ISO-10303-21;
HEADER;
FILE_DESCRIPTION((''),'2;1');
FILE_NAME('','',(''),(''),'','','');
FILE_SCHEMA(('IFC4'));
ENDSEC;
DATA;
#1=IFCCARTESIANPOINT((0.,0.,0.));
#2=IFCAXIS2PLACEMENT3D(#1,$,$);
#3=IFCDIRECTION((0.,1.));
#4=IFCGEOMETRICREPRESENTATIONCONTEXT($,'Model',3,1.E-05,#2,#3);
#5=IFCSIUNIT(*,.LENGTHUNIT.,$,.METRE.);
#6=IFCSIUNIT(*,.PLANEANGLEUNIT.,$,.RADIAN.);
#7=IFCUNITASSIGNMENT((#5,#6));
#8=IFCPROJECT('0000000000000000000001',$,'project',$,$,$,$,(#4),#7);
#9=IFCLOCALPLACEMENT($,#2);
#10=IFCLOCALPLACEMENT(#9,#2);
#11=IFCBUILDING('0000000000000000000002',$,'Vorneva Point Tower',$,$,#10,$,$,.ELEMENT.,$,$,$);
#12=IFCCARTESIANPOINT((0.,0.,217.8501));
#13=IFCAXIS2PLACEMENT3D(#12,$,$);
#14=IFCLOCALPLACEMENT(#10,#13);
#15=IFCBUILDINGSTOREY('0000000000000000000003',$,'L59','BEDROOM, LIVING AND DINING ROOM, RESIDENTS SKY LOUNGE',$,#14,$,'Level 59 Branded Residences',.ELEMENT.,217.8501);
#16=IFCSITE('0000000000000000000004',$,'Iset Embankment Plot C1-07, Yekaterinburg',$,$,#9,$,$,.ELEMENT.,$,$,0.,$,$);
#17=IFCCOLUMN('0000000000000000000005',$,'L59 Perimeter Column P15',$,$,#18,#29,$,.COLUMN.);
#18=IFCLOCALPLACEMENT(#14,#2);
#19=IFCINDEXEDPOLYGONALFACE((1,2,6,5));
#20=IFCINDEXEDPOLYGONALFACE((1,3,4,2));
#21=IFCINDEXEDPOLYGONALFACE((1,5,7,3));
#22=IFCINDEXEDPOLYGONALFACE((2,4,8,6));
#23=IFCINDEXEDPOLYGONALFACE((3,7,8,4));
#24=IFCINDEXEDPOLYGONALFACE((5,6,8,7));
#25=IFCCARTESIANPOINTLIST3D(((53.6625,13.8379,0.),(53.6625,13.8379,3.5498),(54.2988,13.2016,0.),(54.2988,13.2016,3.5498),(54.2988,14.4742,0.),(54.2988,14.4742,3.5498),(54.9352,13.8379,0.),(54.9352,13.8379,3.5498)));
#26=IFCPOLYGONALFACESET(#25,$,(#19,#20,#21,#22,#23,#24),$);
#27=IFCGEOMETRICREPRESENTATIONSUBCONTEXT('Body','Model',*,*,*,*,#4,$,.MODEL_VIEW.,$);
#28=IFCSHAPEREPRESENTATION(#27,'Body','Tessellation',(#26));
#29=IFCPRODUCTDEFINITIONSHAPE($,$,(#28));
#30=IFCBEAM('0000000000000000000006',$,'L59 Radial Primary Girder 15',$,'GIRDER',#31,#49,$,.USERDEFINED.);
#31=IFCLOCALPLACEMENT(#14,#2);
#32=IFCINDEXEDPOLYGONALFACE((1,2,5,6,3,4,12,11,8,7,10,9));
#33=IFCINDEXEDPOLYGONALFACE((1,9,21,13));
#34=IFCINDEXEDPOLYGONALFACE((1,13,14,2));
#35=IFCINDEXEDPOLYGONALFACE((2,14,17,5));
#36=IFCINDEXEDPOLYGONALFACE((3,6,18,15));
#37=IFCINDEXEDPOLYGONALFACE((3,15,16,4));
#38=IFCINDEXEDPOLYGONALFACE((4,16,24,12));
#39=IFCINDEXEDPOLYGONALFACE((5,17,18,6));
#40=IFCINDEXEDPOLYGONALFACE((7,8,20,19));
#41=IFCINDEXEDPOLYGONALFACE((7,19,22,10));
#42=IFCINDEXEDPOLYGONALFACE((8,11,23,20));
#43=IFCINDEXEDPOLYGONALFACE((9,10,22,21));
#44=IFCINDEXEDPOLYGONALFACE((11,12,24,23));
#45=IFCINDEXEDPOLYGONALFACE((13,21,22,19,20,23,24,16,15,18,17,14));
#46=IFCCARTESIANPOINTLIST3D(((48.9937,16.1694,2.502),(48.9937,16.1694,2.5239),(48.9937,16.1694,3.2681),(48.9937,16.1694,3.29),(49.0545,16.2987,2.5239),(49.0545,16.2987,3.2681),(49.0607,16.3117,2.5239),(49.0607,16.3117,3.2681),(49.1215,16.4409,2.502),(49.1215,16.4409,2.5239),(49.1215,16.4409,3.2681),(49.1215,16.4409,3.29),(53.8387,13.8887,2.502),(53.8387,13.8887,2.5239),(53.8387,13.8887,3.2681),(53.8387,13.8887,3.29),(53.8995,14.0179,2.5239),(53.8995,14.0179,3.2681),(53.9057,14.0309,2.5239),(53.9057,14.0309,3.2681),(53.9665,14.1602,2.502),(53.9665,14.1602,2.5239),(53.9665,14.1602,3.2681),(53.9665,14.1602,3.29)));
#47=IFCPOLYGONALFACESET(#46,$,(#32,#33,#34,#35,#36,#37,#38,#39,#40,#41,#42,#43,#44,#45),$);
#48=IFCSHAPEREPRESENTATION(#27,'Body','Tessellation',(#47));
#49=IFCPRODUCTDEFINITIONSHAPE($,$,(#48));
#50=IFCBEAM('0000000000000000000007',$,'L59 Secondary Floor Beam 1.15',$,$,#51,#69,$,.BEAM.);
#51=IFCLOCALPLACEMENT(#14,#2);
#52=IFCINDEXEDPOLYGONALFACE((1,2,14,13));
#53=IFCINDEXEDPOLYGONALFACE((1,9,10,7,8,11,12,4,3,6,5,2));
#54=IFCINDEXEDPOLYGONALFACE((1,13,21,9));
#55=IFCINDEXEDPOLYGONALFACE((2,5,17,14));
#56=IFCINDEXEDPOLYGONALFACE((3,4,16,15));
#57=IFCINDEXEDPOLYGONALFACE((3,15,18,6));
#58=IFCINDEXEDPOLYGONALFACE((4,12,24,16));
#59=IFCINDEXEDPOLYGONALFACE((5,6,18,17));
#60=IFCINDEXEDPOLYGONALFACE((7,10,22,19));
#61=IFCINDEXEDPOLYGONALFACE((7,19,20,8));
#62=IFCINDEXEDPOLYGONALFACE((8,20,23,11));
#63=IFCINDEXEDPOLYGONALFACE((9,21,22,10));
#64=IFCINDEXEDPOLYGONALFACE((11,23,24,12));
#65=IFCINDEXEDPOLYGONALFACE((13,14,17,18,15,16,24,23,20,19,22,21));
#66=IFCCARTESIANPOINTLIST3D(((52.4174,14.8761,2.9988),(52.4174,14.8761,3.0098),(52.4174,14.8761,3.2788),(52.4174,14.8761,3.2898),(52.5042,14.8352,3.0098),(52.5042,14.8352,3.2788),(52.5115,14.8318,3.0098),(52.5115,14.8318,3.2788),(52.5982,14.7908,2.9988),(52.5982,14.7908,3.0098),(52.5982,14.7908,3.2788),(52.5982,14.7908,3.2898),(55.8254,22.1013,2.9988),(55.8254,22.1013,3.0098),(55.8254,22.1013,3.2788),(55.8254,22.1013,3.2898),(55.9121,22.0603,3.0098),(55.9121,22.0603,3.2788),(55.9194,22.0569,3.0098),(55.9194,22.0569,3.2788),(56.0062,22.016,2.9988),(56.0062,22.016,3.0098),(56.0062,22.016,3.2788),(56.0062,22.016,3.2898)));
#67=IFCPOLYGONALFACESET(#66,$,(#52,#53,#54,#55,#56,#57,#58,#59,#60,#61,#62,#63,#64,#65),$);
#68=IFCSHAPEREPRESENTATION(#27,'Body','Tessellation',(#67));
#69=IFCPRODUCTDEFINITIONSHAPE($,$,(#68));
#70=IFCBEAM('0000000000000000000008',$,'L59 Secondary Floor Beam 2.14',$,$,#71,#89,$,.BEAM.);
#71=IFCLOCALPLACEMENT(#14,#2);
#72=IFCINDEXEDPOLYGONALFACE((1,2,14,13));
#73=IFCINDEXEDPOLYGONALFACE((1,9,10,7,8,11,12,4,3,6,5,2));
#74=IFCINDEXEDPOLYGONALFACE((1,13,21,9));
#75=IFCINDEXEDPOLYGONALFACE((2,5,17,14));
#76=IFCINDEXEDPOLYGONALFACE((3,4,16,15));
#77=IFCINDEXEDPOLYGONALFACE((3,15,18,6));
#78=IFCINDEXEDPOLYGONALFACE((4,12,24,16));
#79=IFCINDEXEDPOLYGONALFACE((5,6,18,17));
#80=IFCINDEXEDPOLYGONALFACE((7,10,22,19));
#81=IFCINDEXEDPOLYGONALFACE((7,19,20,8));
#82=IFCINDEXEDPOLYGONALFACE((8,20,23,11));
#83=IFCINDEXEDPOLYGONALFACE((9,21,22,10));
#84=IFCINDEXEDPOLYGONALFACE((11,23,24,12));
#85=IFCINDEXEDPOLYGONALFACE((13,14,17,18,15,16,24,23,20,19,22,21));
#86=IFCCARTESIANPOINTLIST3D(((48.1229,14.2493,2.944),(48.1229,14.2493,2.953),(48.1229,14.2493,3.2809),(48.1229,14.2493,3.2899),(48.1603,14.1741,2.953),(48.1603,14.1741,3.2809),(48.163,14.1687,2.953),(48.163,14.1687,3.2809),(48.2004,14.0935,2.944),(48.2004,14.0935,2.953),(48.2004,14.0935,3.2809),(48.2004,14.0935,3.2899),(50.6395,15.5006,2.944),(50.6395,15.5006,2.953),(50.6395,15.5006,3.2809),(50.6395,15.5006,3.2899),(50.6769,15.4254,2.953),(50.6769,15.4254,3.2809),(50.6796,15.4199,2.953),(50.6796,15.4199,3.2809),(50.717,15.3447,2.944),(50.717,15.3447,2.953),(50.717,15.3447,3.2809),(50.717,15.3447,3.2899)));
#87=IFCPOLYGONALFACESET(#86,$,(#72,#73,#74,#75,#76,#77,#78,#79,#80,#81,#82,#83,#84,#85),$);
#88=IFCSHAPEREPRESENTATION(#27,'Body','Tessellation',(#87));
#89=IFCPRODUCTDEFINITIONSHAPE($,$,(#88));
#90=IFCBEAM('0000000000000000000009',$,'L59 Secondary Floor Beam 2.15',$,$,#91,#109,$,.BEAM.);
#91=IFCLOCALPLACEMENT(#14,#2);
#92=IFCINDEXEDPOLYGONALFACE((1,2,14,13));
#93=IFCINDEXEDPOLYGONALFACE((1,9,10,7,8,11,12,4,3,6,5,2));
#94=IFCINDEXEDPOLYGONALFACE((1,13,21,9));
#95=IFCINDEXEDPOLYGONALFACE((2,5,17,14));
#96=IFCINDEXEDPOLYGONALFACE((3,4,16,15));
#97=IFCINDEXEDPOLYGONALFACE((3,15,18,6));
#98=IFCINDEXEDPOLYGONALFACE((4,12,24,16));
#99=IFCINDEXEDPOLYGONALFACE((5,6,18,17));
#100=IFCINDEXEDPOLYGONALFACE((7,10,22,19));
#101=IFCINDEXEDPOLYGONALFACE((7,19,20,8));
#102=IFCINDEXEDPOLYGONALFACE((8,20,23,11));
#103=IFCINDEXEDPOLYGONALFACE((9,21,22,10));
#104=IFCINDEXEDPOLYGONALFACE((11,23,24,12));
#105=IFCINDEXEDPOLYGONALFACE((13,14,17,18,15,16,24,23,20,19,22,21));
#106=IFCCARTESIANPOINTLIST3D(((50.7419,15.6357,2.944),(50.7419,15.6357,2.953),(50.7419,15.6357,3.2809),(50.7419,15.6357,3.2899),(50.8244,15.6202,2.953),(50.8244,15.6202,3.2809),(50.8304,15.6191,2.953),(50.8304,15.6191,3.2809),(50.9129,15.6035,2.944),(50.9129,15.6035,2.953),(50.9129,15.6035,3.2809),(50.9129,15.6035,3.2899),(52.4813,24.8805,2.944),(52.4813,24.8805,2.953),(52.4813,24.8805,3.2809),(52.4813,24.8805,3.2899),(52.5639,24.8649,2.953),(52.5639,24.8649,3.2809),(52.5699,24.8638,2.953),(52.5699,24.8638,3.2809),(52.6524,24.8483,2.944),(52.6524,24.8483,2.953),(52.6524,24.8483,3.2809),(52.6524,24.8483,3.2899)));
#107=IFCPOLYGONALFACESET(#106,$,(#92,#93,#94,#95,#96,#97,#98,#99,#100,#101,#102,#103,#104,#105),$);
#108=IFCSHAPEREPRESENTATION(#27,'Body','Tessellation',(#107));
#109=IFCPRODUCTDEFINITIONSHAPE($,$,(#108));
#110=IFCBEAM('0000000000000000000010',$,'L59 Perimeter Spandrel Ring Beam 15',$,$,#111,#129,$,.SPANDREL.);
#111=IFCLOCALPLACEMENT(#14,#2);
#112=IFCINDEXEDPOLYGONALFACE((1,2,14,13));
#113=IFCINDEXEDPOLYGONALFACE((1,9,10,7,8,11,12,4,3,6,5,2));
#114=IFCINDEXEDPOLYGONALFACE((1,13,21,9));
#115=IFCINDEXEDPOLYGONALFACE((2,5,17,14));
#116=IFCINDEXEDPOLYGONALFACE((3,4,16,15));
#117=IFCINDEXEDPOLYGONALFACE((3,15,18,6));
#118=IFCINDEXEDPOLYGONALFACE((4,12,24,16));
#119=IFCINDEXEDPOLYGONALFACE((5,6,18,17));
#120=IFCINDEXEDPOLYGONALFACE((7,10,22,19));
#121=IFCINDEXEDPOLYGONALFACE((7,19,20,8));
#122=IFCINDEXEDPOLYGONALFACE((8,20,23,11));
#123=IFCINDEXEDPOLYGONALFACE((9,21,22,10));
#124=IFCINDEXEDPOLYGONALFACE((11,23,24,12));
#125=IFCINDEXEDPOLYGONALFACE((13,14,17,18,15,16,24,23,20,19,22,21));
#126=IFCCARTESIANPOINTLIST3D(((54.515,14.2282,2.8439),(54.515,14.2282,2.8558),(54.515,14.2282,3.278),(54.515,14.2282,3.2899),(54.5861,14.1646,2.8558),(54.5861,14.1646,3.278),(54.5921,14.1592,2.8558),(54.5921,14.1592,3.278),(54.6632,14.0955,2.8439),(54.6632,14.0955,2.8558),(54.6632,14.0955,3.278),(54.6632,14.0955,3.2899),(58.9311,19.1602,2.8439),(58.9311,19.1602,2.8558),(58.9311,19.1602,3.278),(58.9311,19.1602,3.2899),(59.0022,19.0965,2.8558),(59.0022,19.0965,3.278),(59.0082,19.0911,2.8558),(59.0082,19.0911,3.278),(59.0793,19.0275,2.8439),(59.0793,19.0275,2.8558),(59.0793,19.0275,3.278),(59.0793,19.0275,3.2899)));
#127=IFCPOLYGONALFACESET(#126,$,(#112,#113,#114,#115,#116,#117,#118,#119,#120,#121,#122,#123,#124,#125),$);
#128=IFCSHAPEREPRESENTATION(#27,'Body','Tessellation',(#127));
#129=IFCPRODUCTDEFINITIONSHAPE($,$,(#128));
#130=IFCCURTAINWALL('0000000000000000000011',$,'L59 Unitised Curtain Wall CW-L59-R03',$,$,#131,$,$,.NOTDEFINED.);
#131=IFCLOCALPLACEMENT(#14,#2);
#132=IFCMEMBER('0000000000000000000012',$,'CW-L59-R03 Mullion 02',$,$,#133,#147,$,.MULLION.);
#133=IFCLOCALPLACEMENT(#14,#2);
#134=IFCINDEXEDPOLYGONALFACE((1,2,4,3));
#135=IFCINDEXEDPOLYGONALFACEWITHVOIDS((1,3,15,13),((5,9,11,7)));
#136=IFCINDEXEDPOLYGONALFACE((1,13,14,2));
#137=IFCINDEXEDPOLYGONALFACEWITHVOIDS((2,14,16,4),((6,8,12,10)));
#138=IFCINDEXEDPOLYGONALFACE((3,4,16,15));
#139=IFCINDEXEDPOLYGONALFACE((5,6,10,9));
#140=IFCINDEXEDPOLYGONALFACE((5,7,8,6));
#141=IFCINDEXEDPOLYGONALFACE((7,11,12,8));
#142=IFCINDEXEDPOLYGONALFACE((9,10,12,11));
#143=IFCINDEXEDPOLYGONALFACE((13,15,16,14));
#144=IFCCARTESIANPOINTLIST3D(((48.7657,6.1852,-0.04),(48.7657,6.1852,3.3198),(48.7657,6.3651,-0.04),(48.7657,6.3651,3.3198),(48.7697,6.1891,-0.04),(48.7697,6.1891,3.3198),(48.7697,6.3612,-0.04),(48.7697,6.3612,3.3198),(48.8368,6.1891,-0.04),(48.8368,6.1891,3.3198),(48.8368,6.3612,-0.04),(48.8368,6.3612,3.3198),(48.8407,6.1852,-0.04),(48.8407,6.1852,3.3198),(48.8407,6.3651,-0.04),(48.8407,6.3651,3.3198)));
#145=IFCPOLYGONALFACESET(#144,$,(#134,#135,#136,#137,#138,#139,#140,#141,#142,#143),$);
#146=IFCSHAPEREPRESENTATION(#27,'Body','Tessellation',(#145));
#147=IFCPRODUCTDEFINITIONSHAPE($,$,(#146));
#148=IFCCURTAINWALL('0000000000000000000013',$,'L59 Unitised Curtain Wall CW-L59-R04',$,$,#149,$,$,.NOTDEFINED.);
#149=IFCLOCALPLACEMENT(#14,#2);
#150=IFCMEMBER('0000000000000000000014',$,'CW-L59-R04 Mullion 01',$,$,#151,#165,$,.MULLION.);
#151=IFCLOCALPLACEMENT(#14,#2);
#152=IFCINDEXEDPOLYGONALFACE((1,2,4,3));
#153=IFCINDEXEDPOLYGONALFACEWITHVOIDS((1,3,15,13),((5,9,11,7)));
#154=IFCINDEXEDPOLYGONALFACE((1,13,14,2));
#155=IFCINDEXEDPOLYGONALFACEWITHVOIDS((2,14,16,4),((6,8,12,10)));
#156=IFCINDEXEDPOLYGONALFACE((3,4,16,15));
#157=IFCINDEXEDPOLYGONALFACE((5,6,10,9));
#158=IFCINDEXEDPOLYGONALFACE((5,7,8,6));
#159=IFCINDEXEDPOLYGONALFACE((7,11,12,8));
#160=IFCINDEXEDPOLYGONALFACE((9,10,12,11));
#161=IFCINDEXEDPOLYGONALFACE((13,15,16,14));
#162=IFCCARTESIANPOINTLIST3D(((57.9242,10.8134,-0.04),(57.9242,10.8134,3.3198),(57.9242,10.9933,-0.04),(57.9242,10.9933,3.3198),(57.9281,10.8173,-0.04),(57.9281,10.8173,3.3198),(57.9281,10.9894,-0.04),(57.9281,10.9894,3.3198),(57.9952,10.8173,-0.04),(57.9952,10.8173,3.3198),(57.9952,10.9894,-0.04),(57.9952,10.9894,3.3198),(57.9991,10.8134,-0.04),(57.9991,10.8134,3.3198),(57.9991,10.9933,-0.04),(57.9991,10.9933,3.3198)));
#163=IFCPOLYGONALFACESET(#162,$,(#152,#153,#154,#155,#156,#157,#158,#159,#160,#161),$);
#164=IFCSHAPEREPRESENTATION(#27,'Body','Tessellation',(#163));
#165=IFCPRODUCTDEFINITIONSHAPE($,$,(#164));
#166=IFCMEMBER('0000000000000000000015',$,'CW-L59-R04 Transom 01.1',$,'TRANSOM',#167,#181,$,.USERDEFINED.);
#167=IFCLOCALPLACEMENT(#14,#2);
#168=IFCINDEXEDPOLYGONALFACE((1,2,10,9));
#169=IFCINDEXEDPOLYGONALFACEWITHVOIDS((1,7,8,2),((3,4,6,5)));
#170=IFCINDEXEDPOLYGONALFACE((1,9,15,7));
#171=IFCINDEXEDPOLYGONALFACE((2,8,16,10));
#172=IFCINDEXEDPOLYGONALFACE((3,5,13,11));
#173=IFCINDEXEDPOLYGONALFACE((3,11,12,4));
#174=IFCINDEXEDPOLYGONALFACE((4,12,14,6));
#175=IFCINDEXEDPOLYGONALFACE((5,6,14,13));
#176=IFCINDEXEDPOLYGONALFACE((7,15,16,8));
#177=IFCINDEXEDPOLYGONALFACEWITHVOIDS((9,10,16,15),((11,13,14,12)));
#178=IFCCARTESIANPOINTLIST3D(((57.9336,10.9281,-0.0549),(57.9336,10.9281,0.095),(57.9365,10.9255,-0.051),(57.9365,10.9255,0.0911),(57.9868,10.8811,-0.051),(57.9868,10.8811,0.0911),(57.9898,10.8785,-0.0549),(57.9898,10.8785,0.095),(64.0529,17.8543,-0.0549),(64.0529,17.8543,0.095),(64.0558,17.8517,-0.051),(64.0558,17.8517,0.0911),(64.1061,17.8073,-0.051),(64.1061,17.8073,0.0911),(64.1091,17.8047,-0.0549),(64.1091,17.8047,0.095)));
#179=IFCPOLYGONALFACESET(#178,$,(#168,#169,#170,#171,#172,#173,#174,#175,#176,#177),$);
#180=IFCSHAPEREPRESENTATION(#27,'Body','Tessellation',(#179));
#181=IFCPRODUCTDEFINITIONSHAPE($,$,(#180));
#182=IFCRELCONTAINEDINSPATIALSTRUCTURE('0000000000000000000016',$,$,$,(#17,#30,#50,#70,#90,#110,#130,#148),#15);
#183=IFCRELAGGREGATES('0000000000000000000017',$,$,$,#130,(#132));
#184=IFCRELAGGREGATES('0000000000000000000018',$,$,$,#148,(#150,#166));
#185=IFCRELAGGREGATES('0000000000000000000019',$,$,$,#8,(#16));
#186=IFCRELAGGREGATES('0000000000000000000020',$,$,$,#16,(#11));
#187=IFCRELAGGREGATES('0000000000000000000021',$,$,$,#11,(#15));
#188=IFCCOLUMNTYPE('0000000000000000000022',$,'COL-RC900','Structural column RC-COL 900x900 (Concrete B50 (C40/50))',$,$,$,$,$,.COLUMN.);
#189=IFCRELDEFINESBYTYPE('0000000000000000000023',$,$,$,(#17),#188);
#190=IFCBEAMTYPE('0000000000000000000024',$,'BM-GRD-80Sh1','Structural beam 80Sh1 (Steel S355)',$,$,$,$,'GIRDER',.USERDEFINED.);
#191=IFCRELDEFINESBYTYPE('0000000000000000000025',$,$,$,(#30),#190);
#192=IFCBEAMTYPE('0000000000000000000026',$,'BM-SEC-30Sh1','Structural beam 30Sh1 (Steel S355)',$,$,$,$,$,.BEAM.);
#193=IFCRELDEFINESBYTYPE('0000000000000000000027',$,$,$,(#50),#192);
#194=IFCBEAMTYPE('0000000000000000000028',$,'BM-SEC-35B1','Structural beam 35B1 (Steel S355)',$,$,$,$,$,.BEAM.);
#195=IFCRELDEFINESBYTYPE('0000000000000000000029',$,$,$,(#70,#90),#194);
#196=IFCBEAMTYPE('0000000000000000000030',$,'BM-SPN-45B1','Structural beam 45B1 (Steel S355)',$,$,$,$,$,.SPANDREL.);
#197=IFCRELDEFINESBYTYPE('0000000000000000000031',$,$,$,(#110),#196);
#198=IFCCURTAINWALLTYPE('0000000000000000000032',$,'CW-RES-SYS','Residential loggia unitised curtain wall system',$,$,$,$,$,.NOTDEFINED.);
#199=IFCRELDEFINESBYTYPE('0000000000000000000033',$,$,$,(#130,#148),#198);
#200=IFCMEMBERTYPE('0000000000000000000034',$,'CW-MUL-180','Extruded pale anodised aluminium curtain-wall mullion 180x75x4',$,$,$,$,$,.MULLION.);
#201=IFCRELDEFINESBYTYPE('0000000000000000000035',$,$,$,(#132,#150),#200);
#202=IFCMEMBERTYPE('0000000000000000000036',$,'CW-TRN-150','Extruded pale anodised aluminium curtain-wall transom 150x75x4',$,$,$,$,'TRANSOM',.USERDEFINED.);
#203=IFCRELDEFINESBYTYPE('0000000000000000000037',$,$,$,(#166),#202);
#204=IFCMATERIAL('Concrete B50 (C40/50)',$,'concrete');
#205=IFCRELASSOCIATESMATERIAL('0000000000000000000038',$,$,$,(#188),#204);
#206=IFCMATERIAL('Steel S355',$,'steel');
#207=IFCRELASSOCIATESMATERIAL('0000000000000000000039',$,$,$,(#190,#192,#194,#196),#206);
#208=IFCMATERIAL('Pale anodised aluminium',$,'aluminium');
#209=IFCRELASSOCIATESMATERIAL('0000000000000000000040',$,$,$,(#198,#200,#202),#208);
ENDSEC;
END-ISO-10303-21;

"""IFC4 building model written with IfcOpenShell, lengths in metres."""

from ifc_helpers import new_model, si_unit, direction, frame, origin, origin_2d, place, context, subcontext, project, spatial, rectangle, hollow_rectangle, i_section, extrude, material, material_profile, profile_set, type_object, element, aggregate, save


model = new_model("IFC4")

# Units and contexts
model_context = context("Model", 3, precision=1e-05, world=origin(), true_north=direction((0.0, 1.0)))
body_context = subcontext(model_context, "Body", "Model", "MODEL_VIEW")
ifc_project = project(units=[si_unit("LENGTHUNIT", "METRE"), si_unit("PLANEANGLEUNIT", "RADIAN")], contexts=[model_context])

# Site, building, storey
site_placement = place(None, origin())
site = spatial("IfcSite", under=ifc_project, at=site_placement, Name="Iset Embankment Plot C1-07, Yekaterinburg", CompositionType="ELEMENT", RefElevation=0.0)
building_placement = place(site_placement, origin())
building = spatial("IfcBuilding", under=site, at=building_placement, Name="Vorneva Point Tower", CompositionType="ELEMENT")
storey_placement = place(building_placement, frame((0.0, 0.0, 217.8501)))
storey = spatial("IfcBuildingStorey", under=building, at=storey_placement, Name="L59", Description="BEDROOM, LIVING AND DINING ROOM, RESIDENTS SKY LOUNGE", LongName="Level 59 Branded Residences", CompositionType="ELEMENT", Elevation=217.8501)

# Column
ifc_material_1 = material(Name="Concrete B50 (C40/50)", Category="concrete")
ifc_material_profile_1 = material_profile(ifc_material_1, rectangle(XDim=0.8999, YDim=0.8999, at=origin_2d()), Name="RC-COL 900x900")
ifc_profile_set_1 = profile_set([ifc_material_profile_1], Name="Concrete B50 (C40/50)")
column_type = type_object("IfcColumnType", Name="COL-RC900", Description="Structural column RC-COL 900x900 (Concrete B50 (C40/50))", PredefinedType="COLUMN", material=ifc_profile_set_1)
column_placement = place(storey_placement, frame((54.2988, 13.8379, 0.0), z_axis=(0.0, 0.0, 1.0), x_axis=(0.707107, -0.707107, 0.0)))
element("IfcColumn", 1, at=column_placement, inside=storey, type_object=column_type, Name="L59 Perimeter Column P15", PredefinedType="COLUMN", context=body_context, shape_type="SweptSolid", body=[
    extrude(rectangle(XDim=0.8999, YDim=0.8999, at=origin_2d()), origin(), (0.0, 0.0, 1.0), 3.5498),
])

# Beams
ifc_material_2 = material(Name="Steel S355", Category="steel")
ifc_material_profile_2 = material_profile(ifc_material_2, i_section(OverallWidth=0.3, OverallDepth=0.7881, WebThickness=0.0144, FlangeThickness=0.022, at=origin_2d()), Name="80Sh1")
ifc_profile_set_2 = profile_set([ifc_material_profile_2], Name="Steel S355")
beam_type_1 = type_object("IfcBeamType", Name="BM-GRD-80Sh1", Description="Structural beam 80Sh1 (Steel S355)", ElementType="GIRDER", PredefinedType="USERDEFINED", material=ifc_profile_set_2)
beam_1_placement = place(storey_placement, frame((53.9026, 14.0244, 2.896), z_axis=(-0.904763, 0.425916, 0.0), x_axis=(-0.425916, -0.904763, 0.0)))
element("IfcBeam", 2, at=beam_1_placement, inside=storey, type_object=beam_type_1, Name="L59 Radial Primary Girder 15", ObjectType="GIRDER", PredefinedType="USERDEFINED", context=body_context, shape_type="SweptSolid", body=[
    extrude(i_section(OverallWidth=0.3, OverallDepth=0.7881, WebThickness=0.0144, FlangeThickness=0.022, at=origin_2d()), origin(), (0.0, 0.0, 1.0), 5.355),
])
ifc_material_profile_3 = material_profile(ifc_material_2, i_section(OverallWidth=0.2, OverallDepth=0.291, WebThickness=0.0081, FlangeThickness=0.011, at=origin_2d()), Name="30Sh1")
ifc_profile_set_3 = profile_set([ifc_material_profile_3], Name="Steel S355")
beam_type_2 = type_object("IfcBeamType", Name="BM-SEC-30Sh1", Description="Structural beam 30Sh1 (Steel S355)", PredefinedType="BEAM", material=ifc_profile_set_3)
beam_2_placement = place(storey_placement, frame((52.5078, 14.8335, 3.1443), z_axis=(0.426608, 0.904437, 0.0), x_axis=(-0.904437, 0.426608, 0.0)))
element("IfcBeam", 3, at=beam_2_placement, inside=storey, type_object=beam_type_2, Name="L59 Secondary Floor Beam 1.15", PredefinedType="BEAM", context=body_context, shape_type="SweptSolid", body=[
    extrude(i_section(OverallWidth=0.2, OverallDepth=0.291, WebThickness=0.0081, FlangeThickness=0.011, at=origin_2d()), origin(), (0.0, 0.0, 1.0), 7.9885),
])
ifc_material_profile_4 = material_profile(ifc_material_2, i_section(OverallWidth=0.1741, OverallDepth=0.3459, WebThickness=0.0061, FlangeThickness=0.009, at=origin_2d()), Name="35B1")
ifc_profile_set_4 = profile_set([ifc_material_profile_4], Name="Steel S355")
beam_type_3 = type_object("IfcBeamType", Name="BM-SEC-35B1", Description="Structural beam 35B1 (Steel S355)", PredefinedType="BEAM", material=ifc_profile_set_4)
beam_3_placement = place(storey_placement, frame((48.1616, 14.1714, 3.1169), z_axis=(0.895433, 0.445197, 0.0), x_axis=(-0.445197, 0.895433, 0.0)))
element("IfcBeam", 4, at=beam_3_placement, inside=storey, type_object=beam_type_3, Name="L59 Secondary Floor Beam 2.14", PredefinedType="BEAM", context=body_context, shape_type="SweptSolid", body=[
    extrude(i_section(OverallWidth=0.1741, OverallDepth=0.3459, WebThickness=0.0061, FlangeThickness=0.009, at=origin_2d()), origin(), (0.0, 0.0, 1.0), 2.8105),
])
beam_4_placement = place(storey_placement, frame((50.8274, 15.6196, 3.1169), z_axis=(0.184914, 0.982755, 0.0), x_axis=(-0.982755, 0.184914, 0.0)))
element("IfcBeam", 5, at=beam_4_placement, inside=storey, type_object=beam_type_3, Name="L59 Secondary Floor Beam 2.15", PredefinedType="BEAM", context=body_context, shape_type="SweptSolid", body=[
    extrude(i_section(OverallWidth=0.1741, OverallDepth=0.3459, WebThickness=0.0061, FlangeThickness=0.009, at=origin_2d()), origin(), (0.0, 0.0, 1.0), 9.407),
])
ifc_material_profile_5 = material_profile(ifc_material_2, i_section(OverallWidth=0.199, OverallDepth=0.446, WebThickness=0.0081, FlangeThickness=0.012, at=origin_2d()), Name="45B1")
ifc_profile_set_5 = profile_set([ifc_material_profile_5], Name="Steel S355")
beam_type_4 = type_object("IfcBeamType", Name="BM-SPN-45B1", Description="Structural beam 45B1 (Steel S355)", PredefinedType="SPANDREL", material=ifc_profile_set_5)
beam_5_placement = place(storey_placement, frame((54.5891, 14.1619, 3.0669), z_axis=(0.66707, 0.744995, 0.0), x_axis=(-0.744995, 0.66707, 0.0)))
element("IfcBeam", 6, at=beam_5_placement, inside=storey, type_object=beam_type_4, Name="L59 Perimeter Spandrel Ring Beam 15", PredefinedType="SPANDREL", context=body_context, shape_type="SweptSolid", body=[
    extrude(i_section(OverallWidth=0.199, OverallDepth=0.446, WebThickness=0.0081, FlangeThickness=0.012, at=origin_2d()), origin(), (0.0, 0.0, 1.0), 6.6201),
])

# Curtain wall, member
ifc_material_3 = material(Name="Pale anodised aluminium", Category="aluminium")
curtain_wall_type = type_object("IfcCurtainWallType", Name="CW-RES-SYS", Description="Residential loggia unitised curtain wall system", PredefinedType="NOTDEFINED", material=ifc_material_3)
curtain_wall_1_placement = place(storey_placement, origin())
curtain_wall_1 = element("IfcCurtainWall", 7, at=curtain_wall_1_placement, inside=storey, type_object=curtain_wall_type, Name="L59 Unitised Curtain Wall CW-L59-R03", PredefinedType="NOTDEFINED")
ifc_material_profile_6 = material_profile(ifc_material_3, hollow_rectangle(XDim=0.075, YDim=0.1799, WallThickness=0.0039, at=origin_2d()), Name="AL-MUL 180x75x4")
ifc_profile_set_6 = profile_set([ifc_material_profile_6], Name="Pale anodised aluminium")
member_type_1 = type_object("IfcMemberType", Name="CW-MUL-180", Description="Extruded pale anodised aluminium curtain-wall mullion 180x75x4", PredefinedType="MULLION", material=ifc_profile_set_6)
member_1_placement = place(storey_placement, frame((48.8032, 6.2751, -0.04), z_axis=(0.0, 0.0, 1.0), x_axis=(1.0, 0.0, 0.0)))
member_1 = element("IfcMember", 8, at=member_1_placement, type_object=member_type_1, Name="CW-L59-R03 Mullion 02", PredefinedType="MULLION", context=body_context, shape_type="SweptSolid", body=[
    extrude(hollow_rectangle(XDim=0.075, YDim=0.1799, WallThickness=0.0039, at=origin_2d()), origin(), (0.0, 0.0, 1.0), 3.3599),
])
aggregate(curtain_wall_1, [member_1])

# Curtain wall, members
curtain_wall_2_placement = place(storey_placement, origin())
curtain_wall_2 = element("IfcCurtainWall", 9, at=curtain_wall_2_placement, inside=storey, type_object=curtain_wall_type, Name="L59 Unitised Curtain Wall CW-L59-R04", PredefinedType="NOTDEFINED")
member_2_placement = place(storey_placement, frame((57.9617, 10.9033, -0.04), z_axis=(0.0, 0.0, 1.0), x_axis=(1.0, 0.0, 0.0)))
member_2 = element("IfcMember", 10, at=member_2_placement, type_object=member_type_1, Name="CW-L59-R04 Mullion 01", PredefinedType="MULLION", context=body_context, shape_type="SweptSolid", body=[
    extrude(hollow_rectangle(XDim=0.075, YDim=0.1799, WallThickness=0.0039, at=origin_2d()), origin(), (0.0, 0.0, 1.0), 3.3599),
])
ifc_material_profile_7 = material_profile(ifc_material_3, hollow_rectangle(XDim=0.075, YDim=0.1499, WallThickness=0.0039, at=origin_2d()), Name="AL-TRN 150x75x4")
ifc_profile_set_7 = profile_set([ifc_material_profile_7], Name="Pale anodised aluminium")
member_type_2 = type_object("IfcMemberType", Name="CW-TRN-150", Description="Extruded pale anodised aluminium curtain-wall transom 150x75x4", ElementType="TRANSOM", PredefinedType="USERDEFINED", material=ifc_profile_set_7)
member_3_placement = place(storey_placement, frame((57.9617, 10.9033, 0.02), z_axis=(0.662106, 0.74941, 0.0), x_axis=(-0.74941, 0.662106, 0.0)))
member_3 = element("IfcMember", 11, at=member_3_placement, type_object=member_type_2, Name="CW-L59-R04 Transom 01.1", ObjectType="TRANSOM", PredefinedType="USERDEFINED", context=body_context, shape_type="SweptSolid", body=[
    extrude(hollow_rectangle(XDim=0.075, YDim=0.1499, WallThickness=0.0039, at=origin_2d()), origin(), (0.0, 0.0, 1.0), 9.2422),
])
aggregate(curtain_wall_2, [member_2, member_3])

save(model, "model.ifc")
